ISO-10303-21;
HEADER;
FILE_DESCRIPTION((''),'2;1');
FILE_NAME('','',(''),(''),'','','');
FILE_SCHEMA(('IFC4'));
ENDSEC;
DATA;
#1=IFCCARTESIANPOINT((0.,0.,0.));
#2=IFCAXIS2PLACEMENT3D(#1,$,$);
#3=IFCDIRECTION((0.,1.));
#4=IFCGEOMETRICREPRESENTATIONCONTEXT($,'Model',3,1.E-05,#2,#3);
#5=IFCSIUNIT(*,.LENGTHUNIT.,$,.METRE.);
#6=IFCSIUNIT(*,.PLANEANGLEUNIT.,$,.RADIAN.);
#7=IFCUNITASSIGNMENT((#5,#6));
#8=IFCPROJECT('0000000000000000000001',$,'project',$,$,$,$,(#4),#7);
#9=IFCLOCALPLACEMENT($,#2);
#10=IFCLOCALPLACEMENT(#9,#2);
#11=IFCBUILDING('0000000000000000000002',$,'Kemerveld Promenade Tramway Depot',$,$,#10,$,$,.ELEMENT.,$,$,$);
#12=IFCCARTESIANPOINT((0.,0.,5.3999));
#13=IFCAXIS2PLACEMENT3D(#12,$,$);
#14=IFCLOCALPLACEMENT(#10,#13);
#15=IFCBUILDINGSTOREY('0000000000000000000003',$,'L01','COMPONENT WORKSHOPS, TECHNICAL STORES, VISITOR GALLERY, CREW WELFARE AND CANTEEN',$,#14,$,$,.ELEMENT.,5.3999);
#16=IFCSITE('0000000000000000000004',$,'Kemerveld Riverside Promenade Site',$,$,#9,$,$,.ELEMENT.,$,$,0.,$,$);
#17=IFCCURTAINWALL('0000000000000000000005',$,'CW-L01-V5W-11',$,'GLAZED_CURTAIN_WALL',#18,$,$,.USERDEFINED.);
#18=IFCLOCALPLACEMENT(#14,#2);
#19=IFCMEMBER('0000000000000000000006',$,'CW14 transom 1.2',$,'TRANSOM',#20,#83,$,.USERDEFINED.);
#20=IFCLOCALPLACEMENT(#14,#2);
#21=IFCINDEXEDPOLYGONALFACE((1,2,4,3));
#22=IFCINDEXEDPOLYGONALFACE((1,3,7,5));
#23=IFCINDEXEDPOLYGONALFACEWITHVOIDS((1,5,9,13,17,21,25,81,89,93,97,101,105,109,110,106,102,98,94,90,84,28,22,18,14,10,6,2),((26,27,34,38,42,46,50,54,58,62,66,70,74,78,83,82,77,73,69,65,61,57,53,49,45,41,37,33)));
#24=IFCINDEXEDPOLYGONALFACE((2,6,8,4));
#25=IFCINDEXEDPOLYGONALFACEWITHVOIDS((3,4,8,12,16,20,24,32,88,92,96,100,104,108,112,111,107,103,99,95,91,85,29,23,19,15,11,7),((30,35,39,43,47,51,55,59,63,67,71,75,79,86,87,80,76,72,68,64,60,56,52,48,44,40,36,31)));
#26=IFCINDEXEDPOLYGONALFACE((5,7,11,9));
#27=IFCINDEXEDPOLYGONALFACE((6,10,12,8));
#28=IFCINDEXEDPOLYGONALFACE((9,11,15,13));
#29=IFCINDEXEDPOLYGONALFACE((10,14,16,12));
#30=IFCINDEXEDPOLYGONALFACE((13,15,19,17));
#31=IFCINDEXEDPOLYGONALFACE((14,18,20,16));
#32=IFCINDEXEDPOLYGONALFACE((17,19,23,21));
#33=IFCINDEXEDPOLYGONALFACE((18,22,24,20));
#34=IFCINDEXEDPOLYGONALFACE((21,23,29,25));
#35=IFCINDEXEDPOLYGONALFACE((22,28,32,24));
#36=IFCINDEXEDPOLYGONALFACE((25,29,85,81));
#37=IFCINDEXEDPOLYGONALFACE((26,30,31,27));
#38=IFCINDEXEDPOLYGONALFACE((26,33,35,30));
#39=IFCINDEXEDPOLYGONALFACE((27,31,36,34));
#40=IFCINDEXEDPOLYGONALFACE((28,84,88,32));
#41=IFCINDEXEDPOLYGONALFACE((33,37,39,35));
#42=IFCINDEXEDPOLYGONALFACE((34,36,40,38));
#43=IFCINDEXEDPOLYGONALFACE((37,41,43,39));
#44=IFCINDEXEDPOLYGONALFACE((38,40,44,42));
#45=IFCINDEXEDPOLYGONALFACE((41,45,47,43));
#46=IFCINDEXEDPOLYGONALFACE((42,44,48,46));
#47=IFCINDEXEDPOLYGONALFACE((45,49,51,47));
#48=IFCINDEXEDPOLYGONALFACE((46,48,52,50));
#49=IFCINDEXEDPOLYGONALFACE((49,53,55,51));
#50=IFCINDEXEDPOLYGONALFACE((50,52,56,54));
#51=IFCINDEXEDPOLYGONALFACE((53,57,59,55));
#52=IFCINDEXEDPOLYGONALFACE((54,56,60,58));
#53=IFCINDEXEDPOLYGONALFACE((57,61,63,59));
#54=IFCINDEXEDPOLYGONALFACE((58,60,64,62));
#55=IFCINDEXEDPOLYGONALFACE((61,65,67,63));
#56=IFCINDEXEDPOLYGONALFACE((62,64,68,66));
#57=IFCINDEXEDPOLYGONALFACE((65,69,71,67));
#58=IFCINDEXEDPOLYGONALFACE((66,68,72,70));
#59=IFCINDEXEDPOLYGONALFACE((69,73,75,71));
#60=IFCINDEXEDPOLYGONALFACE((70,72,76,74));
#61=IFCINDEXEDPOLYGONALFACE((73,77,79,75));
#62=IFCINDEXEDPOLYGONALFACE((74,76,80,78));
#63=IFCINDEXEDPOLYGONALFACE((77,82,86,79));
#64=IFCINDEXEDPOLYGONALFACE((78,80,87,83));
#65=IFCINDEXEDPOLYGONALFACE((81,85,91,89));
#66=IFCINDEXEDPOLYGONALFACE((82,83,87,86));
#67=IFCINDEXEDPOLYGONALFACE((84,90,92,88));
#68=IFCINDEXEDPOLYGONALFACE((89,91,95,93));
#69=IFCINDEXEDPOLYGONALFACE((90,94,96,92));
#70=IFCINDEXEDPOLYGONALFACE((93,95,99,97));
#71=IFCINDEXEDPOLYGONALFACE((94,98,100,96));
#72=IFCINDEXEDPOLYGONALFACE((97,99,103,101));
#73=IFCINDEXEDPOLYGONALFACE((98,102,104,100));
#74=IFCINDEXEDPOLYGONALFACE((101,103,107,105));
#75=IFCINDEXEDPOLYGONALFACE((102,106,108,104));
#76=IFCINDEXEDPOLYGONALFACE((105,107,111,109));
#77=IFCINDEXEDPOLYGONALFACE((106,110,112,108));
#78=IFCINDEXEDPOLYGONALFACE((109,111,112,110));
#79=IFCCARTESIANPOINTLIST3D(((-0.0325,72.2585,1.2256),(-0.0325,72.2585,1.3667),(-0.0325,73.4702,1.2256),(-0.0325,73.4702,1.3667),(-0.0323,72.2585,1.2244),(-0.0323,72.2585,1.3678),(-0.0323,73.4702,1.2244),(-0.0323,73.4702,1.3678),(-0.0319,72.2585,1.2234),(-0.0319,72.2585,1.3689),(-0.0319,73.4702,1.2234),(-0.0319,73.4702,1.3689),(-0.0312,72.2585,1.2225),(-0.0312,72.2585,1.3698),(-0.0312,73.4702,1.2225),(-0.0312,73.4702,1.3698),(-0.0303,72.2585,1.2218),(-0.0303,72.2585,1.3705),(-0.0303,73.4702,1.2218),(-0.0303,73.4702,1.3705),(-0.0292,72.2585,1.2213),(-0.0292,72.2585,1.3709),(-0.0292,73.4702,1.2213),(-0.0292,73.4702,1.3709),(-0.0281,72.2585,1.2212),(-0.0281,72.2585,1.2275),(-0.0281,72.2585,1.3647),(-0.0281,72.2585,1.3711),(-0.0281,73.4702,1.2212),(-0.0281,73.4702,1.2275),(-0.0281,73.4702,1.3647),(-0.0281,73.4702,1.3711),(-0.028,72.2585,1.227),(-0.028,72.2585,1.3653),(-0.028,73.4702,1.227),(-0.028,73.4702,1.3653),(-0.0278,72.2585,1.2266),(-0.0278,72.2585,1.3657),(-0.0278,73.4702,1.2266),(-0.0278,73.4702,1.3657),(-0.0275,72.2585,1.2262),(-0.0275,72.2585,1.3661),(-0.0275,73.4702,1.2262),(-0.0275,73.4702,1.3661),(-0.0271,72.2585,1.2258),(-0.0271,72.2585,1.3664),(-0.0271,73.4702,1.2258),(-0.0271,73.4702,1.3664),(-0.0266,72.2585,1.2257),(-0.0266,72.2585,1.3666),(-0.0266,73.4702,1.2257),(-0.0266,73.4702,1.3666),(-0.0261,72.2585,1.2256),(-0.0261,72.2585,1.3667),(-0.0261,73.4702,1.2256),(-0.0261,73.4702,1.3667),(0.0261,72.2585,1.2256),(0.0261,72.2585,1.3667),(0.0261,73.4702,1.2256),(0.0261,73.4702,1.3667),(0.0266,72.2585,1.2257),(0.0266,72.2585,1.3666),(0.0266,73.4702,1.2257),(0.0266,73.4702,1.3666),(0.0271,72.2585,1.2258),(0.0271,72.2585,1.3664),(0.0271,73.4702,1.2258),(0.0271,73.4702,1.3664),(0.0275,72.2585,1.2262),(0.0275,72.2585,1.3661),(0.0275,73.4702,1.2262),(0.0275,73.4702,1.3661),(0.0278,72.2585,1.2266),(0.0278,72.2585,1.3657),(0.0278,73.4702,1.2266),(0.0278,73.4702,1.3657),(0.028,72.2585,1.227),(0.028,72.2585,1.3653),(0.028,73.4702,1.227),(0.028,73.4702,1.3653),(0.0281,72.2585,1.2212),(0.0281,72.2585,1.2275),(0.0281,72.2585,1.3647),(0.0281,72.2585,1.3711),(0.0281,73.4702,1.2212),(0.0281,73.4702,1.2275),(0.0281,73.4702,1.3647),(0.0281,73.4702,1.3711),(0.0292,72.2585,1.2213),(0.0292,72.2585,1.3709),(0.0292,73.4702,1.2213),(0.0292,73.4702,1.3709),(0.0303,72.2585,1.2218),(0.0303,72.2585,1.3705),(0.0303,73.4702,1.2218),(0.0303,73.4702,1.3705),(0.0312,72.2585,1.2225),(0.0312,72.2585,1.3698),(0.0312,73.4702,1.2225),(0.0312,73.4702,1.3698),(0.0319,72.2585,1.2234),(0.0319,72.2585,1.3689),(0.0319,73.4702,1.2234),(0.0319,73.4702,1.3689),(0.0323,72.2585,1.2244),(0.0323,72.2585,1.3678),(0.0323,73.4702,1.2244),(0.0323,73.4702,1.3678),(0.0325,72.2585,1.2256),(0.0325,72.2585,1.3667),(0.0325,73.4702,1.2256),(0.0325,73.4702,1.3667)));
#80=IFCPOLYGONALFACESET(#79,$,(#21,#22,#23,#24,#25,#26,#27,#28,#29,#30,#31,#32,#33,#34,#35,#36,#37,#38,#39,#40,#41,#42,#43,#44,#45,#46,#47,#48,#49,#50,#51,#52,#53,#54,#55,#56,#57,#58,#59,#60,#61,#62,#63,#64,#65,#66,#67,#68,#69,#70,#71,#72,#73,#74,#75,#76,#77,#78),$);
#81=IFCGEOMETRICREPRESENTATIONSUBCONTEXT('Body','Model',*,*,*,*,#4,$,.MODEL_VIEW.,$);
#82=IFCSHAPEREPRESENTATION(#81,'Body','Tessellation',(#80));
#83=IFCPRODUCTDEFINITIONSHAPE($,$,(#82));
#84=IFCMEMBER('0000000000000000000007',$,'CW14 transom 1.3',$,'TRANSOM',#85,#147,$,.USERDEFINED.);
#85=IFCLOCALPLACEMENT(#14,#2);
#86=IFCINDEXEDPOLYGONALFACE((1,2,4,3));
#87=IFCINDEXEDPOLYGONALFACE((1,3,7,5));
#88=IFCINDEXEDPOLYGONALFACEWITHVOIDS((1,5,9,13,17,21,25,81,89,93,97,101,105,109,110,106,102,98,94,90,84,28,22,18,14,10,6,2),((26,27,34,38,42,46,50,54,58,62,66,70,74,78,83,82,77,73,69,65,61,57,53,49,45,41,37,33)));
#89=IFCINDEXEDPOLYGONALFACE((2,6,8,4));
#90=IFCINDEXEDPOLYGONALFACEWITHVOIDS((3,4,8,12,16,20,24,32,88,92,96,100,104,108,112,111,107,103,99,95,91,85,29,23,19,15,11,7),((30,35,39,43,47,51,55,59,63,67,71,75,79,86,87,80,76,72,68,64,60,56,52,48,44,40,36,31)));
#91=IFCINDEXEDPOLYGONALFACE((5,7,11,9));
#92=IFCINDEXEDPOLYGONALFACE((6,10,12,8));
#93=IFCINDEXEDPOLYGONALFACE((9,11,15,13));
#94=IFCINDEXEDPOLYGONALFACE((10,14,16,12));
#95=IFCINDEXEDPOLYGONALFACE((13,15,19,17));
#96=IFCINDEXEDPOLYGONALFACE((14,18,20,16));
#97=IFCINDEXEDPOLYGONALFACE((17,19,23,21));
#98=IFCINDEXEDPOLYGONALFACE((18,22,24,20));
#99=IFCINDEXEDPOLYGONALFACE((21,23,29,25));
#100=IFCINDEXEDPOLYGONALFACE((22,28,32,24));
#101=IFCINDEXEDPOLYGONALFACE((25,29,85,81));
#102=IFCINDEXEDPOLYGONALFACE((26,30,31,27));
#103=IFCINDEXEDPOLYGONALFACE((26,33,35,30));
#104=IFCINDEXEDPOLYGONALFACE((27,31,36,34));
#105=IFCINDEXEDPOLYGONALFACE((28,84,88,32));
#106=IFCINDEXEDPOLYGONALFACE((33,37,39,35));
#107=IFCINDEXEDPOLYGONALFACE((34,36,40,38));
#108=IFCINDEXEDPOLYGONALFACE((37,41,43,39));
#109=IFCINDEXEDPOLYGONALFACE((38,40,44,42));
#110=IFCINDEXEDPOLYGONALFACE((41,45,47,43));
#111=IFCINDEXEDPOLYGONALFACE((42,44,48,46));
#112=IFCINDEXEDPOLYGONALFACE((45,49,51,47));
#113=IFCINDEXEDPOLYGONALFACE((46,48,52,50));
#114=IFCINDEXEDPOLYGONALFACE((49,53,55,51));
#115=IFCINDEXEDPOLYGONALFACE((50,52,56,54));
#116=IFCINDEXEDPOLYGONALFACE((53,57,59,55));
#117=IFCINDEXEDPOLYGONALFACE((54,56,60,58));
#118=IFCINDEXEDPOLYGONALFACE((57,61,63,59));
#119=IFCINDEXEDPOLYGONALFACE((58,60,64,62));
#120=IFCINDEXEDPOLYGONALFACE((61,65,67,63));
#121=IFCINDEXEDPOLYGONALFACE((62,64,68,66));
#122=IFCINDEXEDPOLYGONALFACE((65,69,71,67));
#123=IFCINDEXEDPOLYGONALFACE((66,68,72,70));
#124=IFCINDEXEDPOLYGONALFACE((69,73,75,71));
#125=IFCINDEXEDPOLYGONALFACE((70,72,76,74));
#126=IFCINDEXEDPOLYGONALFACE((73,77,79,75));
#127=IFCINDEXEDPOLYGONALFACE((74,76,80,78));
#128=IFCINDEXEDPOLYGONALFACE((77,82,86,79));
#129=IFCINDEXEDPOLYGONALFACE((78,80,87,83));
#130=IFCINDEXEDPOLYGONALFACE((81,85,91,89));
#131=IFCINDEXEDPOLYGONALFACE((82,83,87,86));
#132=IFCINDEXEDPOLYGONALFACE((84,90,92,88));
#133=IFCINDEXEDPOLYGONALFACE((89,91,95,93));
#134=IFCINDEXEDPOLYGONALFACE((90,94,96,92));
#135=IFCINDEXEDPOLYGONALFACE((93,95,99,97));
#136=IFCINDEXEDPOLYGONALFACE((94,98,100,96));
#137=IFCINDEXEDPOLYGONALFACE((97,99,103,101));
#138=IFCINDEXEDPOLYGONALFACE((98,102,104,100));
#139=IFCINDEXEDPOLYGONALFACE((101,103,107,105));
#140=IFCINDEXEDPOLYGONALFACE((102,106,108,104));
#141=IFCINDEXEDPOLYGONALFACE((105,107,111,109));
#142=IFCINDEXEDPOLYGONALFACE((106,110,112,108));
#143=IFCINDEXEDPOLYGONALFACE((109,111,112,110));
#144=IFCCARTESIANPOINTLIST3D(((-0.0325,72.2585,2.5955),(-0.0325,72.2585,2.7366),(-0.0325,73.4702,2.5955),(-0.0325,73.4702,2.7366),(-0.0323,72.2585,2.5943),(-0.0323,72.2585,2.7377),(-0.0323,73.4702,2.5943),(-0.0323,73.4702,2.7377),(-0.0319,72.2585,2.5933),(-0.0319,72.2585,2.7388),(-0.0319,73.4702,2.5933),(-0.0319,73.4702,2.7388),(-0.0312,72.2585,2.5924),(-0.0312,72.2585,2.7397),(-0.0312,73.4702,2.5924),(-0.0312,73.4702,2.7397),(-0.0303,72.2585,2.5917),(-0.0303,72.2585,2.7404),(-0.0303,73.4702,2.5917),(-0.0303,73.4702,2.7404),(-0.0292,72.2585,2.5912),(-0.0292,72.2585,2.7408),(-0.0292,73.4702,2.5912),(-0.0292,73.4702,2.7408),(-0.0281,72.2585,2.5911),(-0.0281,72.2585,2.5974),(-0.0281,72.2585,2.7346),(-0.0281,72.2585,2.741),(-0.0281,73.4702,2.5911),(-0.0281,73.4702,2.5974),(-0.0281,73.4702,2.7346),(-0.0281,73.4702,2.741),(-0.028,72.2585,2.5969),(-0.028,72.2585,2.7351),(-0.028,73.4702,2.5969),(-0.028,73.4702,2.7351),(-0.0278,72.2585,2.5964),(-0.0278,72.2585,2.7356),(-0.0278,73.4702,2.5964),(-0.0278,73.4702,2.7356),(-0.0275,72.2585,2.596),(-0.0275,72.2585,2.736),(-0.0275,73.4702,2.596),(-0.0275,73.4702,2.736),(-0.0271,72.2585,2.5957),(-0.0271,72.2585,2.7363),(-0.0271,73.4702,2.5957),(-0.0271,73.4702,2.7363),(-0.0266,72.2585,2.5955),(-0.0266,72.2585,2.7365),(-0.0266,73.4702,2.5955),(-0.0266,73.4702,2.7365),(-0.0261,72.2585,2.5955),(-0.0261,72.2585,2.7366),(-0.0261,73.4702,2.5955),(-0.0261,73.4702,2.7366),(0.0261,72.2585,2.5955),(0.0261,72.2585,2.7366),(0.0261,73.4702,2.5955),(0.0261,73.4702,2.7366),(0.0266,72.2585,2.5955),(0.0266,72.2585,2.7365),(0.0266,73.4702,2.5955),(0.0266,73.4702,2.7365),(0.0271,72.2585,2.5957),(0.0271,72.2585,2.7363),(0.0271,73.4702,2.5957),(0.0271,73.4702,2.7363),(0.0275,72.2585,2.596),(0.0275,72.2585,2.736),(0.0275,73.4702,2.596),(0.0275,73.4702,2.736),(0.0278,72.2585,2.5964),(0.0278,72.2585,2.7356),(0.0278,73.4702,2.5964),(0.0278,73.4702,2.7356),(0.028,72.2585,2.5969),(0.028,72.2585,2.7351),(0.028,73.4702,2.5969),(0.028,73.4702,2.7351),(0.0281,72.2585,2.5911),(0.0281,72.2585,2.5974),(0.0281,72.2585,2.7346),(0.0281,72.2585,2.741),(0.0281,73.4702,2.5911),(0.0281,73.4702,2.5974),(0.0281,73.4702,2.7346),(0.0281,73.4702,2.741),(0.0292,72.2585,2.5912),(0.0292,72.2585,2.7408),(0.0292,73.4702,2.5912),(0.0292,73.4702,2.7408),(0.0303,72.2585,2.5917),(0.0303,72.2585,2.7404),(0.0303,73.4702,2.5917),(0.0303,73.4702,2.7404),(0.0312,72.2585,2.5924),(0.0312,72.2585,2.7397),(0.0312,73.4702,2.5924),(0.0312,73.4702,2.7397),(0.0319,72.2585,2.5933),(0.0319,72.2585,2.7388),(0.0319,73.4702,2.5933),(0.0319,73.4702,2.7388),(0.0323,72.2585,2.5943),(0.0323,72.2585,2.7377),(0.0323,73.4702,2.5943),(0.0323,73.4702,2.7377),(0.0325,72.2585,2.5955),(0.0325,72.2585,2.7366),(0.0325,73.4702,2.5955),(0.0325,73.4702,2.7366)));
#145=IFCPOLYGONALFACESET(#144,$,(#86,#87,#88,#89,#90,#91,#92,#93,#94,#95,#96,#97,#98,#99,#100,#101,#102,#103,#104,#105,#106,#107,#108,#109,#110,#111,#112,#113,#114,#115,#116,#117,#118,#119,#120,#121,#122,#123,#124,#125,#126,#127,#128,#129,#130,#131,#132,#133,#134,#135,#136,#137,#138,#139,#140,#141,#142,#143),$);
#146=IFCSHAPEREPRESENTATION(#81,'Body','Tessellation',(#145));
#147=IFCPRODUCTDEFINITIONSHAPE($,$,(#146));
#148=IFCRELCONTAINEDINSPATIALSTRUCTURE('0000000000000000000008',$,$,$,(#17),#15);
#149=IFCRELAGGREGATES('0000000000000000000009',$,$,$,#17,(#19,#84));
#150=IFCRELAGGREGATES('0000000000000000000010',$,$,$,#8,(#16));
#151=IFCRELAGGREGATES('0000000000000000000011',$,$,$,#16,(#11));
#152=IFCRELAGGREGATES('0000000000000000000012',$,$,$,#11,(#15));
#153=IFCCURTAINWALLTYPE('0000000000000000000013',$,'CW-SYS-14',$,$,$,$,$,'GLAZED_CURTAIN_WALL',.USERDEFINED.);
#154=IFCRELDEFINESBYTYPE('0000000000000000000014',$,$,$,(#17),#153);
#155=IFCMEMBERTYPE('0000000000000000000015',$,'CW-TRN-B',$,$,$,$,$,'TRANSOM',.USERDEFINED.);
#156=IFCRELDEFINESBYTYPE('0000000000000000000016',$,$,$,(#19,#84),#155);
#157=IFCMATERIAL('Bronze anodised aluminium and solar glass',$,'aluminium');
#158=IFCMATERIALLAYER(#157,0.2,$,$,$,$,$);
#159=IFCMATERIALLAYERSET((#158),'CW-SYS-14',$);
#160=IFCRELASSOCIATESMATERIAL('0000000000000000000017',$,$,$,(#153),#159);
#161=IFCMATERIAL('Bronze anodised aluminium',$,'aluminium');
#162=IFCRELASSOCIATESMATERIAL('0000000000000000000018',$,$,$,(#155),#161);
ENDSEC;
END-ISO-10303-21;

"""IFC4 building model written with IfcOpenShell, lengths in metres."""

from ifc_helpers import new_model, si_unit, direction, frame, origin, origin_2d, place, context, subcontext, project, spatial, hollow_rectangle, extrude, material, layer, layer_set, material_profile, profile_set, type_object, element, aggregate, save


model = new_model("IFC4")

# Units and contexts
model_context = context("Model", 3, precision=1e-05, world=origin(), true_north=direction((0.0, 1.0)))
body_context = subcontext(model_context, "Body", "Model", "MODEL_VIEW")
ifc_project = project(units=[si_unit("LENGTHUNIT", "METRE"), si_unit("PLANEANGLEUNIT", "RADIAN")], contexts=[model_context])

# Site, building, storey
site_placement = place(None, origin())
site = spatial("IfcSite", under=ifc_project, at=site_placement, Name="Kemerveld Riverside Promenade Site", CompositionType="ELEMENT", RefElevation=0.0)
building_placement = place(site_placement, origin())
building = spatial("IfcBuilding", under=site, at=building_placement, Name="Kemerveld Promenade Tramway Depot", CompositionType="ELEMENT")
storey_placement = place(building_placement, frame((0.0, 0.0, 5.3999)))
storey = spatial("IfcBuildingStorey", under=building, at=storey_placement, Name="L01", Description="COMPONENT WORKSHOPS, TECHNICAL STORES, VISITOR GALLERY, CREW WELFARE AND CANTEEN", CompositionType="ELEMENT", Elevation=5.3999)

# Curtain wall, members
ifc_material_1 = material(Name="Bronze anodised aluminium and solar glass", Category="aluminium")
ifc_layer_1 = layer(ifc_material_1, 0.2)
ifc_layer_set_1 = layer_set([ifc_layer_1], Name="CW-SYS-14")
curtain_wall_type = type_object("IfcCurtainWallType", Name="CW-SYS-14", ElementType="GLAZED_CURTAIN_WALL", PredefinedType="USERDEFINED", material=ifc_layer_set_1)
curtain_wall_placement = place(storey_placement, origin())
curtain_wall = element("IfcCurtainWall", 1, at=curtain_wall_placement, inside=storey, type_object=curtain_wall_type, Name="CW-L01-V5W-11", ObjectType="GLAZED_CURTAIN_WALL", PredefinedType="USERDEFINED")
ifc_material_2 = material(Name="Bronze anodised aluminium", Category="aluminium")
ifc_material_profile_1 = material_profile(ifc_material_2, hollow_rectangle(XDim=0.0649, YDim=0.1499, WallThickness=0.0044, InnerFilletRadius=0.002, OuterFilletRadius=0.0044, at=origin_2d()), Name="CW-TRN-150x65")
ifc_profile_set_1 = profile_set([ifc_material_profile_1], Name="Bronze anodised aluminium")
member_type_1 = type_object("IfcMemberType", Name="CW-TRN-B", ElementType="TRANSOM", PredefinedType="USERDEFINED", material=ifc_profile_set_1)
member_1_placement = place(storey_placement, frame((0.0, 72.2585, 1.2961), z_axis=(0.0, 1.0, 0.0), x_axis=(-1.0, 0.0, 0.0)))
member_1 = element("IfcMember", 2, at=member_1_placement, type_object=member_type_1, Name="CW14 transom 1.2", ObjectType="TRANSOM", PredefinedType="USERDEFINED", context=body_context, shape_type="SweptSolid", body=[
    extrude(hollow_rectangle(XDim=0.0649, YDim=0.1499, WallThickness=0.0044, InnerFilletRadius=0.002, OuterFilletRadius=0.0044, at=origin_2d()), origin(), (0.0, 0.0, 1.0), 1.2117),
])
member_2_placement = place(storey_placement, frame((0.0, 72.2585, 2.666), z_axis=(0.0, 1.0, 0.0), x_axis=(-1.0, 0.0, 0.0)))
member_2 = element("IfcMember", 3, at=member_2_placement, type_object=member_type_1, Name="CW14 transom 1.3", ObjectType="TRANSOM", PredefinedType="USERDEFINED", context=body_context, shape_type="SweptSolid", body=[
    extrude(hollow_rectangle(XDim=0.0649, YDim=0.1499, WallThickness=0.0044, InnerFilletRadius=0.002, OuterFilletRadius=0.0044, at=origin_2d()), origin(), (0.0, 0.0, 1.0), 1.2117),
])
aggregate(curtain_wall, [member_1, member_2])

save(model, "model.ifc")
